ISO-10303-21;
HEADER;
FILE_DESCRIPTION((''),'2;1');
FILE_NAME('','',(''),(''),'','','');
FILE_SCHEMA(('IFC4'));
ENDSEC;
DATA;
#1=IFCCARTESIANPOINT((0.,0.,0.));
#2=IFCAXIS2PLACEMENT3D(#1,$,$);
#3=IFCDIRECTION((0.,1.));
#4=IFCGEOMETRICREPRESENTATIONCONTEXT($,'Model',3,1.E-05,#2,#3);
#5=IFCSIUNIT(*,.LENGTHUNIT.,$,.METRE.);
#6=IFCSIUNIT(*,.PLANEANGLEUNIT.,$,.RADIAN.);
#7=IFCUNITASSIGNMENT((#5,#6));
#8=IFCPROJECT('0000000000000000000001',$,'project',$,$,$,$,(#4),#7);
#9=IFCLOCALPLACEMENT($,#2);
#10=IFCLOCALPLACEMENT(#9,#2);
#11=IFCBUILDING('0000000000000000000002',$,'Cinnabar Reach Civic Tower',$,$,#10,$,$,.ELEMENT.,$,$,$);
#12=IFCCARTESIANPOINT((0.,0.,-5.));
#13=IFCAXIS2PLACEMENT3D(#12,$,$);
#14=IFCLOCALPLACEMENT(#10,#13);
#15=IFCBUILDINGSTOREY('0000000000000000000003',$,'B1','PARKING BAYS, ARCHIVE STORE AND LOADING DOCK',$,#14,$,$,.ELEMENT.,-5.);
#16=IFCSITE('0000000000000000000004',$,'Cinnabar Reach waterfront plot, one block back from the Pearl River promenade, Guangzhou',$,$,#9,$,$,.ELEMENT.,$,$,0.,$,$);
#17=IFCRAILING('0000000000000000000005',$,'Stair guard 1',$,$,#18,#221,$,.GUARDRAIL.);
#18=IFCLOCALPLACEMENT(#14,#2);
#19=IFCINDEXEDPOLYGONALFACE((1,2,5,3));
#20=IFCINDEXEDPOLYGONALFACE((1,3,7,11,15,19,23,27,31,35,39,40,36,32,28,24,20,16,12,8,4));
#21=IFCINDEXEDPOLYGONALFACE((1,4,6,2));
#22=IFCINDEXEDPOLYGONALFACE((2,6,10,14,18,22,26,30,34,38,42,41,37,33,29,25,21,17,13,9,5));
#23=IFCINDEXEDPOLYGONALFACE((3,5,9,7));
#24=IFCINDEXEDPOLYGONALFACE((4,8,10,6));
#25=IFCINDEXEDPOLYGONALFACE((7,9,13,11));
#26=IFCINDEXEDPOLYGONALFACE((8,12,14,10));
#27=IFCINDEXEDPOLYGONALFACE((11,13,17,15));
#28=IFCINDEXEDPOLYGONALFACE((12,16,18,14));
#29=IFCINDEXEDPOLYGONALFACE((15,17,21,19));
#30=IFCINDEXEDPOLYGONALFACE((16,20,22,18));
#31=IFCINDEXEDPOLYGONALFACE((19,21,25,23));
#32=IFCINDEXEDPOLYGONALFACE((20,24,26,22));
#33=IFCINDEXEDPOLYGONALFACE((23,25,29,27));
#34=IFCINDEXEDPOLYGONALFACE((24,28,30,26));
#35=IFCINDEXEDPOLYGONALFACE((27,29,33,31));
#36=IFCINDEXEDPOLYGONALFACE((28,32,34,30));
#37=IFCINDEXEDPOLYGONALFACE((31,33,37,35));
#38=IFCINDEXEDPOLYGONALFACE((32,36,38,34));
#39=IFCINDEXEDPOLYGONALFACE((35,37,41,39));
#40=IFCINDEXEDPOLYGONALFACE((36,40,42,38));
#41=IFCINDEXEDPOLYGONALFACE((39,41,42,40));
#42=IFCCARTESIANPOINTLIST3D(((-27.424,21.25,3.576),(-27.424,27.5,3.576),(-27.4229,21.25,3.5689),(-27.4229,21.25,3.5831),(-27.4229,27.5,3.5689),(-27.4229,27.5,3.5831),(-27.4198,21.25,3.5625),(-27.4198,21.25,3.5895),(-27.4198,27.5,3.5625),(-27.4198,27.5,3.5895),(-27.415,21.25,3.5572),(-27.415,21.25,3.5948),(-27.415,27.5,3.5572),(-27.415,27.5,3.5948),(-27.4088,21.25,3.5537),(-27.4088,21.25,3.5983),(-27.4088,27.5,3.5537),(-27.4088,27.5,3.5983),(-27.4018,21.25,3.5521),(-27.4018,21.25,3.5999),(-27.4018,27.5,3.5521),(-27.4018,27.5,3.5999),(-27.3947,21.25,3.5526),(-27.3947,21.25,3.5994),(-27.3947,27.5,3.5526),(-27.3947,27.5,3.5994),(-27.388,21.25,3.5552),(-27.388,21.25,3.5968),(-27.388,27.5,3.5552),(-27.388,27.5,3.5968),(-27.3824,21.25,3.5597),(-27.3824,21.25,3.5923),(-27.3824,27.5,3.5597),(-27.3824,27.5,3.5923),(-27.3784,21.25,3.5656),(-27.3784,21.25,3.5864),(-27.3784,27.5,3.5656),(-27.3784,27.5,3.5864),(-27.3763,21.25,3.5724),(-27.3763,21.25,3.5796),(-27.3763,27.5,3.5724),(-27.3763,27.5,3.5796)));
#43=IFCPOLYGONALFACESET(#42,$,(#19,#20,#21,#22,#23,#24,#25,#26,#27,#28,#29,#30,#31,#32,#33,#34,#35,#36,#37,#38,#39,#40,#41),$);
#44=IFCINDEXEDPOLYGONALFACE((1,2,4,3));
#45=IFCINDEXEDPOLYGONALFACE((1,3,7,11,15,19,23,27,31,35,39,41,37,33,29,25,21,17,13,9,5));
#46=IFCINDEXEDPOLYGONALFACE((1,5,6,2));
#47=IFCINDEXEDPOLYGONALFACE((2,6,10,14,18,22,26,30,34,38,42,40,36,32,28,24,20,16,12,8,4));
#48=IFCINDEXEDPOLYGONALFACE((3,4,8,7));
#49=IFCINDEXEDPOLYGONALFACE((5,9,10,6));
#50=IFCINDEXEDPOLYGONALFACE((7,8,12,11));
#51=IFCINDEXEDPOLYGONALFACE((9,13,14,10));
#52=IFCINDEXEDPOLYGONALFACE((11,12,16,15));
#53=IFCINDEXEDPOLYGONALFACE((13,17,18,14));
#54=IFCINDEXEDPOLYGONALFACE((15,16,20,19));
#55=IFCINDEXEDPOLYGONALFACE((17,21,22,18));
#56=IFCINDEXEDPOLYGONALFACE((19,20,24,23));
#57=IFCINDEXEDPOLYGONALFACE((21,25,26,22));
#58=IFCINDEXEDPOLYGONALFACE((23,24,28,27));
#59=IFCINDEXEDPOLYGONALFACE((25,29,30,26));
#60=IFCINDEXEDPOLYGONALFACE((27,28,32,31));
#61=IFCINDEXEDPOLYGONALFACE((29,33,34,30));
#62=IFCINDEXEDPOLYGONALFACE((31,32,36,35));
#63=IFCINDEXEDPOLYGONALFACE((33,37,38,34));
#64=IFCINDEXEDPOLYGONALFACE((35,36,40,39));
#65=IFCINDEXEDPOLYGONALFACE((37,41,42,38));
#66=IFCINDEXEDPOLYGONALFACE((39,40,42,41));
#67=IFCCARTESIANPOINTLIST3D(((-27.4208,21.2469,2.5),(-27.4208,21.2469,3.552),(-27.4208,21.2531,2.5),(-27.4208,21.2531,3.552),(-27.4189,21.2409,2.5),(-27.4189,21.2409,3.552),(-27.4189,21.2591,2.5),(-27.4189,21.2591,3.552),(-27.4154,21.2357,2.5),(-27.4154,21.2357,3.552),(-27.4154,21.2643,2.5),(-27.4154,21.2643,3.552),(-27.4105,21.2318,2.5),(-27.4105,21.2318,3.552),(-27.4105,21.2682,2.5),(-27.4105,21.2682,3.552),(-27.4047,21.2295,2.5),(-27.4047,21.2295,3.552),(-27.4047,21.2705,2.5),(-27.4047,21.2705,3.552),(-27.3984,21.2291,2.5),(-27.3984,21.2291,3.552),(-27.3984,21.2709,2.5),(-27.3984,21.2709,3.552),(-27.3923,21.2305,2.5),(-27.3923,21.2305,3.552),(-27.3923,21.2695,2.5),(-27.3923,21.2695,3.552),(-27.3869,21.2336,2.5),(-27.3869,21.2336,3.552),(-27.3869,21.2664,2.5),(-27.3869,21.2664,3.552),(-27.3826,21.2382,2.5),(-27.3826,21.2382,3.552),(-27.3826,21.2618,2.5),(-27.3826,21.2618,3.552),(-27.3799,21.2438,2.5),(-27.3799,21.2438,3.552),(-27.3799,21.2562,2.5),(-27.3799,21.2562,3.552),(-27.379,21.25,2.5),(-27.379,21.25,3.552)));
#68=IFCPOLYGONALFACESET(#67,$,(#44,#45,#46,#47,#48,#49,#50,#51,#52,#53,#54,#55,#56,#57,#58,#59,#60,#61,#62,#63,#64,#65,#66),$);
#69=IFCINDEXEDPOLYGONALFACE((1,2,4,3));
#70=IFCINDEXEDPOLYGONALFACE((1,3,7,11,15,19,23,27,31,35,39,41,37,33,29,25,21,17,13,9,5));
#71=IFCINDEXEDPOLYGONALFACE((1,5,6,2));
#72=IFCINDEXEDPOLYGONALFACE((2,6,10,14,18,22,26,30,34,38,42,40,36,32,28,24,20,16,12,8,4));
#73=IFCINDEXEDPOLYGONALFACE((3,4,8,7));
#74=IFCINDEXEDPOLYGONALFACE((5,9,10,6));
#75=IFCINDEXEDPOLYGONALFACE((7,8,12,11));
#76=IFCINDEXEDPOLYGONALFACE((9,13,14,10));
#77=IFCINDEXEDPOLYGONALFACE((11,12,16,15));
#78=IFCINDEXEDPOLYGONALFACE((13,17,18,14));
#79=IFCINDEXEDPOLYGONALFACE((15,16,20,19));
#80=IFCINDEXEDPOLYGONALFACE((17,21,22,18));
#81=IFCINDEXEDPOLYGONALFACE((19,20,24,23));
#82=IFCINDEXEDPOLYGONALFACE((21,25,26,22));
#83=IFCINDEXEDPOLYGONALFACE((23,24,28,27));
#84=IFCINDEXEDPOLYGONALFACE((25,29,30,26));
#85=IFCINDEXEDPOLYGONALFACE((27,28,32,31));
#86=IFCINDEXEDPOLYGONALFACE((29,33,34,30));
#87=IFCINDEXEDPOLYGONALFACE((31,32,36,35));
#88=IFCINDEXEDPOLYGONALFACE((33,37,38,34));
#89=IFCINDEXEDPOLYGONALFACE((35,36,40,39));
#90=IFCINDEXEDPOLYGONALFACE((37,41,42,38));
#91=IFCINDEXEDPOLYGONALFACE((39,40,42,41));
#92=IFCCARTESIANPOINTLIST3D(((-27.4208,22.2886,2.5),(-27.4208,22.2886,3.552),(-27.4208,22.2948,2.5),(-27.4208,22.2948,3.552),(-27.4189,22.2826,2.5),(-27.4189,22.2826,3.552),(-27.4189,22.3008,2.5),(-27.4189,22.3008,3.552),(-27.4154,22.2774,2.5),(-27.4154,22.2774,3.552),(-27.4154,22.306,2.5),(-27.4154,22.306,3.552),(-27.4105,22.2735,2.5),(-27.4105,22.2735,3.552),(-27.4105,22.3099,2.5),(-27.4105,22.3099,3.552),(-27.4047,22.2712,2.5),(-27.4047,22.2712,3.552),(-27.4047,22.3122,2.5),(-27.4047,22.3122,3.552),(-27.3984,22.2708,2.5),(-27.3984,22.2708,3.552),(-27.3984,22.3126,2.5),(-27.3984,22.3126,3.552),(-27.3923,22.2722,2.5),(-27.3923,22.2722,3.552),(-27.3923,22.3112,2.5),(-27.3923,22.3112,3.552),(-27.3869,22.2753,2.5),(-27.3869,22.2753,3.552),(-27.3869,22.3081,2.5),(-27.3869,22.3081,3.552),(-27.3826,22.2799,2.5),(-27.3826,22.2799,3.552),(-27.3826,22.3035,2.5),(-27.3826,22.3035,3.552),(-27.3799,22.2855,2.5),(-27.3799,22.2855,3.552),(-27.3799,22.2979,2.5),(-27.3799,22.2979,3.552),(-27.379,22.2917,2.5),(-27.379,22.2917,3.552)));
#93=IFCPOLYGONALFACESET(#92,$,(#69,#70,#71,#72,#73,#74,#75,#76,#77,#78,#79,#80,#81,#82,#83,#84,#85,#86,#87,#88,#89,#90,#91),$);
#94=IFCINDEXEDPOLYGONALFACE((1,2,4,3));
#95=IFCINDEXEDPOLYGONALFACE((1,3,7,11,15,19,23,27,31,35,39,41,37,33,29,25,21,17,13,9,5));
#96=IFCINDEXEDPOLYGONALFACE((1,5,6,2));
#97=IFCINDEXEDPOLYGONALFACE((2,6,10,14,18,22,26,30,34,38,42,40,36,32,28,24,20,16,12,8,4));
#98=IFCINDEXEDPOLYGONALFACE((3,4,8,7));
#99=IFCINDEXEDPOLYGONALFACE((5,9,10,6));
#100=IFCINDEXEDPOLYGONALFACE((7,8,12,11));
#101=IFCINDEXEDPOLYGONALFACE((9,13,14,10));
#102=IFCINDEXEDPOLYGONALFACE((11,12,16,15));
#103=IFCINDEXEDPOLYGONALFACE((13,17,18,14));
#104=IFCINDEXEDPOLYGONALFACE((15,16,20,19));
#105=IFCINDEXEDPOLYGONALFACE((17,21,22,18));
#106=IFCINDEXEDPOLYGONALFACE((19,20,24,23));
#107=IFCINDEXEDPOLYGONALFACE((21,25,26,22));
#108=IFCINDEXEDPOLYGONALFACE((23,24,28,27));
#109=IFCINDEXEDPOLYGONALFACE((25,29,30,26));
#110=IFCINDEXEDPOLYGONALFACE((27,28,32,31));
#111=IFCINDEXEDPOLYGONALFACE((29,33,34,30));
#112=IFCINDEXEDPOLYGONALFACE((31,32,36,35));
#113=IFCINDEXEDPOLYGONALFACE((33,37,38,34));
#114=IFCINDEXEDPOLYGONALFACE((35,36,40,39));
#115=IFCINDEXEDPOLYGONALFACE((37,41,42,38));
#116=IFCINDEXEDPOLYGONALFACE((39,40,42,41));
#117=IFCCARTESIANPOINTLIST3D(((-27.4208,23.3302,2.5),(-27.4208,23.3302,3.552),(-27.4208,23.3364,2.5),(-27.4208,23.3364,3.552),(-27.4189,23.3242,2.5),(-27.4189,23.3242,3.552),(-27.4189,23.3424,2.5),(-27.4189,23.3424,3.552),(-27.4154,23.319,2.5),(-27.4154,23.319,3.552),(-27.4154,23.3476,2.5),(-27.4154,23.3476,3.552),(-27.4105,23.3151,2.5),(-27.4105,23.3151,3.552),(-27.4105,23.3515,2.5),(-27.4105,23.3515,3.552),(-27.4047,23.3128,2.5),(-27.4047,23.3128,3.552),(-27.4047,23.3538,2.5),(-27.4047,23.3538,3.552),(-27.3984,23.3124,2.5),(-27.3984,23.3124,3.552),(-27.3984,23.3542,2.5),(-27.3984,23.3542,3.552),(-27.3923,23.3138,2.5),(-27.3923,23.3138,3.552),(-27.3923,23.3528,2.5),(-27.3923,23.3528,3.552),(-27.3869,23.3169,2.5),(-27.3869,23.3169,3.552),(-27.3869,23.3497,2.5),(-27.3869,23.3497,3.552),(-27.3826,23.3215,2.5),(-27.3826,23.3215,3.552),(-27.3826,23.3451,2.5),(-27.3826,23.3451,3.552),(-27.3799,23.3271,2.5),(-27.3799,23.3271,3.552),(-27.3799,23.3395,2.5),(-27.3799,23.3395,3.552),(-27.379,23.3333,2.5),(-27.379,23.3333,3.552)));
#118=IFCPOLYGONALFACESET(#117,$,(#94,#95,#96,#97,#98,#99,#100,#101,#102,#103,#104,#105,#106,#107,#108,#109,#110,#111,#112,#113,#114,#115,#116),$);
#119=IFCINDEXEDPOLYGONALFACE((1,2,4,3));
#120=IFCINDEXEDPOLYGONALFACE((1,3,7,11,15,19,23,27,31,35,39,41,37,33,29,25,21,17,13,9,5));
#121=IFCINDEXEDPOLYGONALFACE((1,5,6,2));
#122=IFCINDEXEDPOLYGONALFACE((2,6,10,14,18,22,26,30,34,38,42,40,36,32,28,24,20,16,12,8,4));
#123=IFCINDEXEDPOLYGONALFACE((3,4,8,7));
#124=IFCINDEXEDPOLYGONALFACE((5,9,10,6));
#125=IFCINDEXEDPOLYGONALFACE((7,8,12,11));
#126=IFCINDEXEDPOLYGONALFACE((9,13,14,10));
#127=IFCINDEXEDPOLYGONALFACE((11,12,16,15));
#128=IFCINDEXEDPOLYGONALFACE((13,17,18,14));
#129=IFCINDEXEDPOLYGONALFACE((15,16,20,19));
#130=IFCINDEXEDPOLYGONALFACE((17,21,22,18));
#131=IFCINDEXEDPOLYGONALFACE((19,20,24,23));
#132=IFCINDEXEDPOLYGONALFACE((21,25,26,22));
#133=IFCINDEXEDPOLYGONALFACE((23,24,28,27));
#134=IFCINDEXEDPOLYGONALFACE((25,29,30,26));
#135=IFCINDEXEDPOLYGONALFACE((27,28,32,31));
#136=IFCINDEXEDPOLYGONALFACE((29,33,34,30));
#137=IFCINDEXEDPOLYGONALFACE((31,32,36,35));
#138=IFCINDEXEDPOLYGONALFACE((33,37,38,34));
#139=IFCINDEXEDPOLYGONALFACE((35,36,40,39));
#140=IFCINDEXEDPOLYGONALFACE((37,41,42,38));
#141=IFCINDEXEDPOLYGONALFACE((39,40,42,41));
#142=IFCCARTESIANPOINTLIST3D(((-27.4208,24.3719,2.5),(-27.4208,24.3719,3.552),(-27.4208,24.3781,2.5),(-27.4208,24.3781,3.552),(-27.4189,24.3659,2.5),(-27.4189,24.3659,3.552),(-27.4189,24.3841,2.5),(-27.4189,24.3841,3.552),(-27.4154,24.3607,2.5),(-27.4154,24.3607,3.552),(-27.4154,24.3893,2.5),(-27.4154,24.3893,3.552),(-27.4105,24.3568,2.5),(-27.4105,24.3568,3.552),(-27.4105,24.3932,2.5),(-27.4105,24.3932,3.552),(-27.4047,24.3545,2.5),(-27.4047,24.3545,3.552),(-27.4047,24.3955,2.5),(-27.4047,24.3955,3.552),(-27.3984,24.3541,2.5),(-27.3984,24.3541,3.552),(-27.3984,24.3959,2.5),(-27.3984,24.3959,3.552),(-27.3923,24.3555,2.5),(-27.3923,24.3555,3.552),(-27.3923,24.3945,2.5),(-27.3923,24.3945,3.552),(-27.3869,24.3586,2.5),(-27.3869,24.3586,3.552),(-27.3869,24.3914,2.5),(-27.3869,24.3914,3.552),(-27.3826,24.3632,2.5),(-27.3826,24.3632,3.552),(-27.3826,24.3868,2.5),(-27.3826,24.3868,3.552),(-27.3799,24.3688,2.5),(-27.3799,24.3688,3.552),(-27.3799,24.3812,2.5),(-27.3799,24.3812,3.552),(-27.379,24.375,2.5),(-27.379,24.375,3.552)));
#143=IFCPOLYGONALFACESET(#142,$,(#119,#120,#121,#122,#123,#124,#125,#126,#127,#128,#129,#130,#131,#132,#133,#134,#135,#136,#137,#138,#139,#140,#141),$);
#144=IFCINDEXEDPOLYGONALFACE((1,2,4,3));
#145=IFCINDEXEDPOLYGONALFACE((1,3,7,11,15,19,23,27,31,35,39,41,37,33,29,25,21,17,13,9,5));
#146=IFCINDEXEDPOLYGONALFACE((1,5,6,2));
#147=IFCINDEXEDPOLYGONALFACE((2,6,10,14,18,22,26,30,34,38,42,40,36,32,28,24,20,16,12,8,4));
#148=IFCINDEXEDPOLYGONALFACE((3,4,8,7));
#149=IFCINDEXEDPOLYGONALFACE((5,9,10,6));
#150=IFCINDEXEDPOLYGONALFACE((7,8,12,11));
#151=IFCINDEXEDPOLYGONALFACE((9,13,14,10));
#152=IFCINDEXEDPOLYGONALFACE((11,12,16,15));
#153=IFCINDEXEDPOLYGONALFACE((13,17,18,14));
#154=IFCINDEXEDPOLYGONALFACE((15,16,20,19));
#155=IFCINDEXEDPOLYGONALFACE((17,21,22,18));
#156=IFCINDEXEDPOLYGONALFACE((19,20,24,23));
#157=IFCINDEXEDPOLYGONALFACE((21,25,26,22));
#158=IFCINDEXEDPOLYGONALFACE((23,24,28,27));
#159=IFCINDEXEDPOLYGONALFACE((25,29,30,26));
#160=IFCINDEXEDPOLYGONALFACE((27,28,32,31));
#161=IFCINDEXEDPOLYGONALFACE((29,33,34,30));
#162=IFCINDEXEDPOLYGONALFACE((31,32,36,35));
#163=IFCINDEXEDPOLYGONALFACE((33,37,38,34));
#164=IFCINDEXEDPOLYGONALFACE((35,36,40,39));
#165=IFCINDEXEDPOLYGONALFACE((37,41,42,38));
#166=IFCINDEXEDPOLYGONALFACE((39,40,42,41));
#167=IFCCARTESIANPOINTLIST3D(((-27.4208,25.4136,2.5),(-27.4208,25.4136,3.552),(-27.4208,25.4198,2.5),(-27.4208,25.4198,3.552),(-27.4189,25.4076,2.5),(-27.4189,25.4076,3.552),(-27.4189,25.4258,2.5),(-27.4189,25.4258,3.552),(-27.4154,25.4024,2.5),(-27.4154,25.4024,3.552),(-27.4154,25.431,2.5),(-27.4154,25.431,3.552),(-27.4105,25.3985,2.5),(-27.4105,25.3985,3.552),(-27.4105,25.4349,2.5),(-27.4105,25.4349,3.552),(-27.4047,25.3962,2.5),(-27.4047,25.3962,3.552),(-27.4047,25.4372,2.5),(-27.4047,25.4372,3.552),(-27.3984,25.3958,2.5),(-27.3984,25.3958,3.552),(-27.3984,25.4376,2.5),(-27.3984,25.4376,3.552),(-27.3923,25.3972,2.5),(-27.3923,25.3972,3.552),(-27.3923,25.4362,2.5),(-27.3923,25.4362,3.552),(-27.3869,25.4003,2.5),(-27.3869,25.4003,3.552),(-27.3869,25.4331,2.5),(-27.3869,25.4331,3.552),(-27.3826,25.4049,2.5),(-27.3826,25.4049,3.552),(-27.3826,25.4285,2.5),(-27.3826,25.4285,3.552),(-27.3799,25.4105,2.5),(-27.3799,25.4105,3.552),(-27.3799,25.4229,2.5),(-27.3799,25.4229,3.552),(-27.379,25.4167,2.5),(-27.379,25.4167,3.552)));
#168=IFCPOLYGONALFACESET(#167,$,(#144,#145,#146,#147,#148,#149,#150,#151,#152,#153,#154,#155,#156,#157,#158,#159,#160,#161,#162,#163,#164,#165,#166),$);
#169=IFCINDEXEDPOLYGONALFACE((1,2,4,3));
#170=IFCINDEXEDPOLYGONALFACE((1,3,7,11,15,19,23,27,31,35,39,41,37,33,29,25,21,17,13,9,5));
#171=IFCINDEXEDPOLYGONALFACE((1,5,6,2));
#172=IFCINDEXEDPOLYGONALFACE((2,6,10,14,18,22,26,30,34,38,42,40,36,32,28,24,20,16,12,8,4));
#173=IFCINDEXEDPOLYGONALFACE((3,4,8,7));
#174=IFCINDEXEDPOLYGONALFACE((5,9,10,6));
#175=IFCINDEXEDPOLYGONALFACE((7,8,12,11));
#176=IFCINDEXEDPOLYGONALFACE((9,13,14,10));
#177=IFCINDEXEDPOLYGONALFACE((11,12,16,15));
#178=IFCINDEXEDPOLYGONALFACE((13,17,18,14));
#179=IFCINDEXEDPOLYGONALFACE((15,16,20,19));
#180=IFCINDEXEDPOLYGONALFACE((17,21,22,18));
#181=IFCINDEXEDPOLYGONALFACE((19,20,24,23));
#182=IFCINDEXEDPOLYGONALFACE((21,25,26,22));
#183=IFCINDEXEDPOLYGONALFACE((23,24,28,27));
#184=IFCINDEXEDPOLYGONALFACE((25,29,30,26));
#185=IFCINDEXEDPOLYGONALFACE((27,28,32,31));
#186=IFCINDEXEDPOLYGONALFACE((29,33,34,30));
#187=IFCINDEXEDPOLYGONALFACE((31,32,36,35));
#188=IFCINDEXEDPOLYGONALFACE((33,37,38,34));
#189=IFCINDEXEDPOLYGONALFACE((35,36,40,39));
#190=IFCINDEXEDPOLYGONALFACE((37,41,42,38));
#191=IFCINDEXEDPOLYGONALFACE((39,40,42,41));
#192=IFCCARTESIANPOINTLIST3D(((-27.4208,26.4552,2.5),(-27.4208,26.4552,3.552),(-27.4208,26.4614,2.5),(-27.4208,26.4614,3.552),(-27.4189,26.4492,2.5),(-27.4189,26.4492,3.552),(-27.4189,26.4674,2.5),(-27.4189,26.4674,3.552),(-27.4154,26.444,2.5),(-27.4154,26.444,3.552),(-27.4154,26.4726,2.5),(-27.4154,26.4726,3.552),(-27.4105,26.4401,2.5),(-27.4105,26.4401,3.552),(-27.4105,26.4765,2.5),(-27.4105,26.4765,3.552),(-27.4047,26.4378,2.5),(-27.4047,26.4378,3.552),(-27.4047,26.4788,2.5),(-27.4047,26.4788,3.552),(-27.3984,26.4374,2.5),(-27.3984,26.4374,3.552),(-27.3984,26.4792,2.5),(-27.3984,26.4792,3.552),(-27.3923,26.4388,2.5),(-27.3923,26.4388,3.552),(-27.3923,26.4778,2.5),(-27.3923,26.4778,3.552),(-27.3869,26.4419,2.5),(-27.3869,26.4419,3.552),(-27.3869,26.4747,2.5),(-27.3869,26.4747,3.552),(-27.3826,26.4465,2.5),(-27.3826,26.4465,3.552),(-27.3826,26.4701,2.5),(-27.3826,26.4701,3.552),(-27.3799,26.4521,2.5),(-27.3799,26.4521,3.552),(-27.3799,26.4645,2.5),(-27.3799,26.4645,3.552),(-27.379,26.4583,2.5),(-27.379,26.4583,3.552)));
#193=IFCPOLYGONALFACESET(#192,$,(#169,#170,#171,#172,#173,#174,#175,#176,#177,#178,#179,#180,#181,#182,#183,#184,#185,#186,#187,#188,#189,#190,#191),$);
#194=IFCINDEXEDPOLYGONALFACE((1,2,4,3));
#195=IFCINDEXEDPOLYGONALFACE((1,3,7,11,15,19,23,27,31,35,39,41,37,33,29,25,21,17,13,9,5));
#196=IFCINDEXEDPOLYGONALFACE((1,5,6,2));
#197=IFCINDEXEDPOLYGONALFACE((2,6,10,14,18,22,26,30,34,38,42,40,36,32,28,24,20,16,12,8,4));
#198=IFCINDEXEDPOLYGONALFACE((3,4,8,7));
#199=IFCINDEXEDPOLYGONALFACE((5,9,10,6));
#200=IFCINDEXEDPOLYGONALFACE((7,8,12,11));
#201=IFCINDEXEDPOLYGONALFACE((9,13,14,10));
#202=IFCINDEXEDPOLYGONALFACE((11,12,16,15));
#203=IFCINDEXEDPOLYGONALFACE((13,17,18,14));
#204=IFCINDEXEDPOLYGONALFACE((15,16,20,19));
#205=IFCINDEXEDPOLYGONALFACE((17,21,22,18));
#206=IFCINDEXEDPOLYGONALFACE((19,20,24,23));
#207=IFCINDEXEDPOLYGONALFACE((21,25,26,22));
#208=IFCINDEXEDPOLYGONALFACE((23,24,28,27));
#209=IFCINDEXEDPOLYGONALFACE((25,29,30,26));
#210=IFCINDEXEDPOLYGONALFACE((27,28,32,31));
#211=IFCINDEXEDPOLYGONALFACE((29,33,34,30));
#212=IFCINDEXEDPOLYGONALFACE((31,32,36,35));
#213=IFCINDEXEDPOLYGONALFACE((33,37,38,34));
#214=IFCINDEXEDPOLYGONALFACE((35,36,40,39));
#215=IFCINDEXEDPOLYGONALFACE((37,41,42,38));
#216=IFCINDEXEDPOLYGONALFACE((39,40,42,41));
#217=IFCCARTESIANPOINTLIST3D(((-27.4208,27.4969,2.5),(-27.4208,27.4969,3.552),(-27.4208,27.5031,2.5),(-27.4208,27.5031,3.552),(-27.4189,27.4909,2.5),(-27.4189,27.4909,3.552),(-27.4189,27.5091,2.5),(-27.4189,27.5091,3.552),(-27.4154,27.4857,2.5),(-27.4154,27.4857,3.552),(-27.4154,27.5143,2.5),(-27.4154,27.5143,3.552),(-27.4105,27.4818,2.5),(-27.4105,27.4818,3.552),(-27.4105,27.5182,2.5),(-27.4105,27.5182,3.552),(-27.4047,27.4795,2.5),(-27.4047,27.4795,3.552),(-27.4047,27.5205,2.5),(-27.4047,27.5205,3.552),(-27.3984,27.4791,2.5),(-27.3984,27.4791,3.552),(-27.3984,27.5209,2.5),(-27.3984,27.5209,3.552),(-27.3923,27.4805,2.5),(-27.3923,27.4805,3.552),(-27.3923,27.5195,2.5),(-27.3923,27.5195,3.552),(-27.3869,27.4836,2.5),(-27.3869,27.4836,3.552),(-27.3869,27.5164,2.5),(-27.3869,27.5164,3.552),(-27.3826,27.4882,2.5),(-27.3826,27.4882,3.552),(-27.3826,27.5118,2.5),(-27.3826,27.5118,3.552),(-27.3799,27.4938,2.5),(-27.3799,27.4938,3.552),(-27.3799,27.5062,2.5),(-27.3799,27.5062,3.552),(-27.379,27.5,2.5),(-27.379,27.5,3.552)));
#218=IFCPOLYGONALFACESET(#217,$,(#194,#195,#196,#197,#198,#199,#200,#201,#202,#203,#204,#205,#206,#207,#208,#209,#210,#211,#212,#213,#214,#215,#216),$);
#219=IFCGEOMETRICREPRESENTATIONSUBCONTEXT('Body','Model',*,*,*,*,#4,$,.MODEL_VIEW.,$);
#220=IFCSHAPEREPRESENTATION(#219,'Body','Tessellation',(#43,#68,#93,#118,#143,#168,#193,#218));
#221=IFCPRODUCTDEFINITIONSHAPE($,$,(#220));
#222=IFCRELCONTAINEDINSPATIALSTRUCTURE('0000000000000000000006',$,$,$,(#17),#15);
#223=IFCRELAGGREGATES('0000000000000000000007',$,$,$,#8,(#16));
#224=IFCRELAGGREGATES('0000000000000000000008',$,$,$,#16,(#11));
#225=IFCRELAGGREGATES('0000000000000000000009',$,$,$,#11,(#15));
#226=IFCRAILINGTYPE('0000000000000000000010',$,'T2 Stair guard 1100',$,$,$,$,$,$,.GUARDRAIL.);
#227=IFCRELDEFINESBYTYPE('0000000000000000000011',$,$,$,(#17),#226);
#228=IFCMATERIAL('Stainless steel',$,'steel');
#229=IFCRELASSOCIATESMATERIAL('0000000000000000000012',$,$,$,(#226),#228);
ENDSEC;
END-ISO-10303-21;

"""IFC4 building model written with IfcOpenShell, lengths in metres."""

from ifc_helpers import new_model, si_unit, direction, frame, origin, origin_2d, place, context, subcontext, project, spatial, circle, extrude, material, type_object, element, save


model = new_model("IFC4")

# Units and contexts
model_context = context("Model", 3, precision=1e-05, world=origin(), true_north=direction((0.0, 1.0)))
body_context = subcontext(model_context, "Body", "Model", "MODEL_VIEW")
ifc_project = project(units=[si_unit("LENGTHUNIT", "METRE"), si_unit("PLANEANGLEUNIT", "RADIAN")], contexts=[model_context])

# Site, building, storey
site_placement = place(None, origin())
site = spatial("IfcSite", under=ifc_project, at=site_placement, Name="Cinnabar Reach waterfront plot, one block back from the Pearl River promenade, Guangzhou", CompositionType="ELEMENT", RefElevation=0.0)
building_placement = place(site_placement, origin())
building = spatial("IfcBuilding", under=site, at=building_placement, Name="Cinnabar Reach Civic Tower", CompositionType="ELEMENT")
storey_placement = place(building_placement, frame((0.0, 0.0, -5.0)))
storey = spatial("IfcBuildingStorey", under=building, at=storey_placement, Name="B1", Description="PARKING BAYS, ARCHIVE STORE AND LOADING DOCK", CompositionType="ELEMENT", Elevation=-5.0)

# Railing
ifc_material_1 = material(Name="Stainless steel", Category="steel")
railing_type_1 = type_object("IfcRailingType", Name="T2 Stair guard 1100", PredefinedType="GUARDRAIL", material=ifc_material_1)
for number, where, name in (
    (1, (-27.4, 21.25, 2.5), "Stair guard 1"),
):
    element("IfcRailing", number, at=place(storey_placement, frame(where)), inside=storey, type_object=railing_type_1, Name=name, PredefinedType="GUARDRAIL", context=body_context, shape_type="SweptSolid", body=[
        extrude(circle(Radius=0.024, at=origin_2d()), frame((0.0, 0.0, 1.076), z_axis=(0.0, 1.0, 0.0), x_axis=(-1.0, 0.0, 0.0)), (0.0, 0.0, 1.0), 6.25),
        extrude(circle(Radius=0.021, at=origin_2d()), origin(), (0.0, 0.0, 1.0), 1.052),
        extrude(circle(Radius=0.021, at=origin_2d()), frame((0.0, 1.0417, 0.0)), (0.0, 0.0, 1.0), 1.052),
        extrude(circle(Radius=0.021, at=origin_2d()), frame((0.0, 2.0833, 0.0)), (0.0, 0.0, 1.0), 1.052),
        extrude(circle(Radius=0.021, at=origin_2d()), frame((0.0, 3.125, 0.0)), (0.0, 0.0, 1.0), 1.052),
        extrude(circle(Radius=0.021, at=origin_2d()), frame((0.0, 4.1667, 0.0)), (0.0, 0.0, 1.0), 1.052),
        extrude(circle(Radius=0.021, at=origin_2d()), frame((0.0, 5.2083, 0.0)), (0.0, 0.0, 1.0), 1.052),
        extrude(circle(Radius=0.021, at=origin_2d()), frame((0.0, 6.25, 0.0)), (0.0, 0.0, 1.0), 1.052),
    ])

save(model, "model.ifc")
